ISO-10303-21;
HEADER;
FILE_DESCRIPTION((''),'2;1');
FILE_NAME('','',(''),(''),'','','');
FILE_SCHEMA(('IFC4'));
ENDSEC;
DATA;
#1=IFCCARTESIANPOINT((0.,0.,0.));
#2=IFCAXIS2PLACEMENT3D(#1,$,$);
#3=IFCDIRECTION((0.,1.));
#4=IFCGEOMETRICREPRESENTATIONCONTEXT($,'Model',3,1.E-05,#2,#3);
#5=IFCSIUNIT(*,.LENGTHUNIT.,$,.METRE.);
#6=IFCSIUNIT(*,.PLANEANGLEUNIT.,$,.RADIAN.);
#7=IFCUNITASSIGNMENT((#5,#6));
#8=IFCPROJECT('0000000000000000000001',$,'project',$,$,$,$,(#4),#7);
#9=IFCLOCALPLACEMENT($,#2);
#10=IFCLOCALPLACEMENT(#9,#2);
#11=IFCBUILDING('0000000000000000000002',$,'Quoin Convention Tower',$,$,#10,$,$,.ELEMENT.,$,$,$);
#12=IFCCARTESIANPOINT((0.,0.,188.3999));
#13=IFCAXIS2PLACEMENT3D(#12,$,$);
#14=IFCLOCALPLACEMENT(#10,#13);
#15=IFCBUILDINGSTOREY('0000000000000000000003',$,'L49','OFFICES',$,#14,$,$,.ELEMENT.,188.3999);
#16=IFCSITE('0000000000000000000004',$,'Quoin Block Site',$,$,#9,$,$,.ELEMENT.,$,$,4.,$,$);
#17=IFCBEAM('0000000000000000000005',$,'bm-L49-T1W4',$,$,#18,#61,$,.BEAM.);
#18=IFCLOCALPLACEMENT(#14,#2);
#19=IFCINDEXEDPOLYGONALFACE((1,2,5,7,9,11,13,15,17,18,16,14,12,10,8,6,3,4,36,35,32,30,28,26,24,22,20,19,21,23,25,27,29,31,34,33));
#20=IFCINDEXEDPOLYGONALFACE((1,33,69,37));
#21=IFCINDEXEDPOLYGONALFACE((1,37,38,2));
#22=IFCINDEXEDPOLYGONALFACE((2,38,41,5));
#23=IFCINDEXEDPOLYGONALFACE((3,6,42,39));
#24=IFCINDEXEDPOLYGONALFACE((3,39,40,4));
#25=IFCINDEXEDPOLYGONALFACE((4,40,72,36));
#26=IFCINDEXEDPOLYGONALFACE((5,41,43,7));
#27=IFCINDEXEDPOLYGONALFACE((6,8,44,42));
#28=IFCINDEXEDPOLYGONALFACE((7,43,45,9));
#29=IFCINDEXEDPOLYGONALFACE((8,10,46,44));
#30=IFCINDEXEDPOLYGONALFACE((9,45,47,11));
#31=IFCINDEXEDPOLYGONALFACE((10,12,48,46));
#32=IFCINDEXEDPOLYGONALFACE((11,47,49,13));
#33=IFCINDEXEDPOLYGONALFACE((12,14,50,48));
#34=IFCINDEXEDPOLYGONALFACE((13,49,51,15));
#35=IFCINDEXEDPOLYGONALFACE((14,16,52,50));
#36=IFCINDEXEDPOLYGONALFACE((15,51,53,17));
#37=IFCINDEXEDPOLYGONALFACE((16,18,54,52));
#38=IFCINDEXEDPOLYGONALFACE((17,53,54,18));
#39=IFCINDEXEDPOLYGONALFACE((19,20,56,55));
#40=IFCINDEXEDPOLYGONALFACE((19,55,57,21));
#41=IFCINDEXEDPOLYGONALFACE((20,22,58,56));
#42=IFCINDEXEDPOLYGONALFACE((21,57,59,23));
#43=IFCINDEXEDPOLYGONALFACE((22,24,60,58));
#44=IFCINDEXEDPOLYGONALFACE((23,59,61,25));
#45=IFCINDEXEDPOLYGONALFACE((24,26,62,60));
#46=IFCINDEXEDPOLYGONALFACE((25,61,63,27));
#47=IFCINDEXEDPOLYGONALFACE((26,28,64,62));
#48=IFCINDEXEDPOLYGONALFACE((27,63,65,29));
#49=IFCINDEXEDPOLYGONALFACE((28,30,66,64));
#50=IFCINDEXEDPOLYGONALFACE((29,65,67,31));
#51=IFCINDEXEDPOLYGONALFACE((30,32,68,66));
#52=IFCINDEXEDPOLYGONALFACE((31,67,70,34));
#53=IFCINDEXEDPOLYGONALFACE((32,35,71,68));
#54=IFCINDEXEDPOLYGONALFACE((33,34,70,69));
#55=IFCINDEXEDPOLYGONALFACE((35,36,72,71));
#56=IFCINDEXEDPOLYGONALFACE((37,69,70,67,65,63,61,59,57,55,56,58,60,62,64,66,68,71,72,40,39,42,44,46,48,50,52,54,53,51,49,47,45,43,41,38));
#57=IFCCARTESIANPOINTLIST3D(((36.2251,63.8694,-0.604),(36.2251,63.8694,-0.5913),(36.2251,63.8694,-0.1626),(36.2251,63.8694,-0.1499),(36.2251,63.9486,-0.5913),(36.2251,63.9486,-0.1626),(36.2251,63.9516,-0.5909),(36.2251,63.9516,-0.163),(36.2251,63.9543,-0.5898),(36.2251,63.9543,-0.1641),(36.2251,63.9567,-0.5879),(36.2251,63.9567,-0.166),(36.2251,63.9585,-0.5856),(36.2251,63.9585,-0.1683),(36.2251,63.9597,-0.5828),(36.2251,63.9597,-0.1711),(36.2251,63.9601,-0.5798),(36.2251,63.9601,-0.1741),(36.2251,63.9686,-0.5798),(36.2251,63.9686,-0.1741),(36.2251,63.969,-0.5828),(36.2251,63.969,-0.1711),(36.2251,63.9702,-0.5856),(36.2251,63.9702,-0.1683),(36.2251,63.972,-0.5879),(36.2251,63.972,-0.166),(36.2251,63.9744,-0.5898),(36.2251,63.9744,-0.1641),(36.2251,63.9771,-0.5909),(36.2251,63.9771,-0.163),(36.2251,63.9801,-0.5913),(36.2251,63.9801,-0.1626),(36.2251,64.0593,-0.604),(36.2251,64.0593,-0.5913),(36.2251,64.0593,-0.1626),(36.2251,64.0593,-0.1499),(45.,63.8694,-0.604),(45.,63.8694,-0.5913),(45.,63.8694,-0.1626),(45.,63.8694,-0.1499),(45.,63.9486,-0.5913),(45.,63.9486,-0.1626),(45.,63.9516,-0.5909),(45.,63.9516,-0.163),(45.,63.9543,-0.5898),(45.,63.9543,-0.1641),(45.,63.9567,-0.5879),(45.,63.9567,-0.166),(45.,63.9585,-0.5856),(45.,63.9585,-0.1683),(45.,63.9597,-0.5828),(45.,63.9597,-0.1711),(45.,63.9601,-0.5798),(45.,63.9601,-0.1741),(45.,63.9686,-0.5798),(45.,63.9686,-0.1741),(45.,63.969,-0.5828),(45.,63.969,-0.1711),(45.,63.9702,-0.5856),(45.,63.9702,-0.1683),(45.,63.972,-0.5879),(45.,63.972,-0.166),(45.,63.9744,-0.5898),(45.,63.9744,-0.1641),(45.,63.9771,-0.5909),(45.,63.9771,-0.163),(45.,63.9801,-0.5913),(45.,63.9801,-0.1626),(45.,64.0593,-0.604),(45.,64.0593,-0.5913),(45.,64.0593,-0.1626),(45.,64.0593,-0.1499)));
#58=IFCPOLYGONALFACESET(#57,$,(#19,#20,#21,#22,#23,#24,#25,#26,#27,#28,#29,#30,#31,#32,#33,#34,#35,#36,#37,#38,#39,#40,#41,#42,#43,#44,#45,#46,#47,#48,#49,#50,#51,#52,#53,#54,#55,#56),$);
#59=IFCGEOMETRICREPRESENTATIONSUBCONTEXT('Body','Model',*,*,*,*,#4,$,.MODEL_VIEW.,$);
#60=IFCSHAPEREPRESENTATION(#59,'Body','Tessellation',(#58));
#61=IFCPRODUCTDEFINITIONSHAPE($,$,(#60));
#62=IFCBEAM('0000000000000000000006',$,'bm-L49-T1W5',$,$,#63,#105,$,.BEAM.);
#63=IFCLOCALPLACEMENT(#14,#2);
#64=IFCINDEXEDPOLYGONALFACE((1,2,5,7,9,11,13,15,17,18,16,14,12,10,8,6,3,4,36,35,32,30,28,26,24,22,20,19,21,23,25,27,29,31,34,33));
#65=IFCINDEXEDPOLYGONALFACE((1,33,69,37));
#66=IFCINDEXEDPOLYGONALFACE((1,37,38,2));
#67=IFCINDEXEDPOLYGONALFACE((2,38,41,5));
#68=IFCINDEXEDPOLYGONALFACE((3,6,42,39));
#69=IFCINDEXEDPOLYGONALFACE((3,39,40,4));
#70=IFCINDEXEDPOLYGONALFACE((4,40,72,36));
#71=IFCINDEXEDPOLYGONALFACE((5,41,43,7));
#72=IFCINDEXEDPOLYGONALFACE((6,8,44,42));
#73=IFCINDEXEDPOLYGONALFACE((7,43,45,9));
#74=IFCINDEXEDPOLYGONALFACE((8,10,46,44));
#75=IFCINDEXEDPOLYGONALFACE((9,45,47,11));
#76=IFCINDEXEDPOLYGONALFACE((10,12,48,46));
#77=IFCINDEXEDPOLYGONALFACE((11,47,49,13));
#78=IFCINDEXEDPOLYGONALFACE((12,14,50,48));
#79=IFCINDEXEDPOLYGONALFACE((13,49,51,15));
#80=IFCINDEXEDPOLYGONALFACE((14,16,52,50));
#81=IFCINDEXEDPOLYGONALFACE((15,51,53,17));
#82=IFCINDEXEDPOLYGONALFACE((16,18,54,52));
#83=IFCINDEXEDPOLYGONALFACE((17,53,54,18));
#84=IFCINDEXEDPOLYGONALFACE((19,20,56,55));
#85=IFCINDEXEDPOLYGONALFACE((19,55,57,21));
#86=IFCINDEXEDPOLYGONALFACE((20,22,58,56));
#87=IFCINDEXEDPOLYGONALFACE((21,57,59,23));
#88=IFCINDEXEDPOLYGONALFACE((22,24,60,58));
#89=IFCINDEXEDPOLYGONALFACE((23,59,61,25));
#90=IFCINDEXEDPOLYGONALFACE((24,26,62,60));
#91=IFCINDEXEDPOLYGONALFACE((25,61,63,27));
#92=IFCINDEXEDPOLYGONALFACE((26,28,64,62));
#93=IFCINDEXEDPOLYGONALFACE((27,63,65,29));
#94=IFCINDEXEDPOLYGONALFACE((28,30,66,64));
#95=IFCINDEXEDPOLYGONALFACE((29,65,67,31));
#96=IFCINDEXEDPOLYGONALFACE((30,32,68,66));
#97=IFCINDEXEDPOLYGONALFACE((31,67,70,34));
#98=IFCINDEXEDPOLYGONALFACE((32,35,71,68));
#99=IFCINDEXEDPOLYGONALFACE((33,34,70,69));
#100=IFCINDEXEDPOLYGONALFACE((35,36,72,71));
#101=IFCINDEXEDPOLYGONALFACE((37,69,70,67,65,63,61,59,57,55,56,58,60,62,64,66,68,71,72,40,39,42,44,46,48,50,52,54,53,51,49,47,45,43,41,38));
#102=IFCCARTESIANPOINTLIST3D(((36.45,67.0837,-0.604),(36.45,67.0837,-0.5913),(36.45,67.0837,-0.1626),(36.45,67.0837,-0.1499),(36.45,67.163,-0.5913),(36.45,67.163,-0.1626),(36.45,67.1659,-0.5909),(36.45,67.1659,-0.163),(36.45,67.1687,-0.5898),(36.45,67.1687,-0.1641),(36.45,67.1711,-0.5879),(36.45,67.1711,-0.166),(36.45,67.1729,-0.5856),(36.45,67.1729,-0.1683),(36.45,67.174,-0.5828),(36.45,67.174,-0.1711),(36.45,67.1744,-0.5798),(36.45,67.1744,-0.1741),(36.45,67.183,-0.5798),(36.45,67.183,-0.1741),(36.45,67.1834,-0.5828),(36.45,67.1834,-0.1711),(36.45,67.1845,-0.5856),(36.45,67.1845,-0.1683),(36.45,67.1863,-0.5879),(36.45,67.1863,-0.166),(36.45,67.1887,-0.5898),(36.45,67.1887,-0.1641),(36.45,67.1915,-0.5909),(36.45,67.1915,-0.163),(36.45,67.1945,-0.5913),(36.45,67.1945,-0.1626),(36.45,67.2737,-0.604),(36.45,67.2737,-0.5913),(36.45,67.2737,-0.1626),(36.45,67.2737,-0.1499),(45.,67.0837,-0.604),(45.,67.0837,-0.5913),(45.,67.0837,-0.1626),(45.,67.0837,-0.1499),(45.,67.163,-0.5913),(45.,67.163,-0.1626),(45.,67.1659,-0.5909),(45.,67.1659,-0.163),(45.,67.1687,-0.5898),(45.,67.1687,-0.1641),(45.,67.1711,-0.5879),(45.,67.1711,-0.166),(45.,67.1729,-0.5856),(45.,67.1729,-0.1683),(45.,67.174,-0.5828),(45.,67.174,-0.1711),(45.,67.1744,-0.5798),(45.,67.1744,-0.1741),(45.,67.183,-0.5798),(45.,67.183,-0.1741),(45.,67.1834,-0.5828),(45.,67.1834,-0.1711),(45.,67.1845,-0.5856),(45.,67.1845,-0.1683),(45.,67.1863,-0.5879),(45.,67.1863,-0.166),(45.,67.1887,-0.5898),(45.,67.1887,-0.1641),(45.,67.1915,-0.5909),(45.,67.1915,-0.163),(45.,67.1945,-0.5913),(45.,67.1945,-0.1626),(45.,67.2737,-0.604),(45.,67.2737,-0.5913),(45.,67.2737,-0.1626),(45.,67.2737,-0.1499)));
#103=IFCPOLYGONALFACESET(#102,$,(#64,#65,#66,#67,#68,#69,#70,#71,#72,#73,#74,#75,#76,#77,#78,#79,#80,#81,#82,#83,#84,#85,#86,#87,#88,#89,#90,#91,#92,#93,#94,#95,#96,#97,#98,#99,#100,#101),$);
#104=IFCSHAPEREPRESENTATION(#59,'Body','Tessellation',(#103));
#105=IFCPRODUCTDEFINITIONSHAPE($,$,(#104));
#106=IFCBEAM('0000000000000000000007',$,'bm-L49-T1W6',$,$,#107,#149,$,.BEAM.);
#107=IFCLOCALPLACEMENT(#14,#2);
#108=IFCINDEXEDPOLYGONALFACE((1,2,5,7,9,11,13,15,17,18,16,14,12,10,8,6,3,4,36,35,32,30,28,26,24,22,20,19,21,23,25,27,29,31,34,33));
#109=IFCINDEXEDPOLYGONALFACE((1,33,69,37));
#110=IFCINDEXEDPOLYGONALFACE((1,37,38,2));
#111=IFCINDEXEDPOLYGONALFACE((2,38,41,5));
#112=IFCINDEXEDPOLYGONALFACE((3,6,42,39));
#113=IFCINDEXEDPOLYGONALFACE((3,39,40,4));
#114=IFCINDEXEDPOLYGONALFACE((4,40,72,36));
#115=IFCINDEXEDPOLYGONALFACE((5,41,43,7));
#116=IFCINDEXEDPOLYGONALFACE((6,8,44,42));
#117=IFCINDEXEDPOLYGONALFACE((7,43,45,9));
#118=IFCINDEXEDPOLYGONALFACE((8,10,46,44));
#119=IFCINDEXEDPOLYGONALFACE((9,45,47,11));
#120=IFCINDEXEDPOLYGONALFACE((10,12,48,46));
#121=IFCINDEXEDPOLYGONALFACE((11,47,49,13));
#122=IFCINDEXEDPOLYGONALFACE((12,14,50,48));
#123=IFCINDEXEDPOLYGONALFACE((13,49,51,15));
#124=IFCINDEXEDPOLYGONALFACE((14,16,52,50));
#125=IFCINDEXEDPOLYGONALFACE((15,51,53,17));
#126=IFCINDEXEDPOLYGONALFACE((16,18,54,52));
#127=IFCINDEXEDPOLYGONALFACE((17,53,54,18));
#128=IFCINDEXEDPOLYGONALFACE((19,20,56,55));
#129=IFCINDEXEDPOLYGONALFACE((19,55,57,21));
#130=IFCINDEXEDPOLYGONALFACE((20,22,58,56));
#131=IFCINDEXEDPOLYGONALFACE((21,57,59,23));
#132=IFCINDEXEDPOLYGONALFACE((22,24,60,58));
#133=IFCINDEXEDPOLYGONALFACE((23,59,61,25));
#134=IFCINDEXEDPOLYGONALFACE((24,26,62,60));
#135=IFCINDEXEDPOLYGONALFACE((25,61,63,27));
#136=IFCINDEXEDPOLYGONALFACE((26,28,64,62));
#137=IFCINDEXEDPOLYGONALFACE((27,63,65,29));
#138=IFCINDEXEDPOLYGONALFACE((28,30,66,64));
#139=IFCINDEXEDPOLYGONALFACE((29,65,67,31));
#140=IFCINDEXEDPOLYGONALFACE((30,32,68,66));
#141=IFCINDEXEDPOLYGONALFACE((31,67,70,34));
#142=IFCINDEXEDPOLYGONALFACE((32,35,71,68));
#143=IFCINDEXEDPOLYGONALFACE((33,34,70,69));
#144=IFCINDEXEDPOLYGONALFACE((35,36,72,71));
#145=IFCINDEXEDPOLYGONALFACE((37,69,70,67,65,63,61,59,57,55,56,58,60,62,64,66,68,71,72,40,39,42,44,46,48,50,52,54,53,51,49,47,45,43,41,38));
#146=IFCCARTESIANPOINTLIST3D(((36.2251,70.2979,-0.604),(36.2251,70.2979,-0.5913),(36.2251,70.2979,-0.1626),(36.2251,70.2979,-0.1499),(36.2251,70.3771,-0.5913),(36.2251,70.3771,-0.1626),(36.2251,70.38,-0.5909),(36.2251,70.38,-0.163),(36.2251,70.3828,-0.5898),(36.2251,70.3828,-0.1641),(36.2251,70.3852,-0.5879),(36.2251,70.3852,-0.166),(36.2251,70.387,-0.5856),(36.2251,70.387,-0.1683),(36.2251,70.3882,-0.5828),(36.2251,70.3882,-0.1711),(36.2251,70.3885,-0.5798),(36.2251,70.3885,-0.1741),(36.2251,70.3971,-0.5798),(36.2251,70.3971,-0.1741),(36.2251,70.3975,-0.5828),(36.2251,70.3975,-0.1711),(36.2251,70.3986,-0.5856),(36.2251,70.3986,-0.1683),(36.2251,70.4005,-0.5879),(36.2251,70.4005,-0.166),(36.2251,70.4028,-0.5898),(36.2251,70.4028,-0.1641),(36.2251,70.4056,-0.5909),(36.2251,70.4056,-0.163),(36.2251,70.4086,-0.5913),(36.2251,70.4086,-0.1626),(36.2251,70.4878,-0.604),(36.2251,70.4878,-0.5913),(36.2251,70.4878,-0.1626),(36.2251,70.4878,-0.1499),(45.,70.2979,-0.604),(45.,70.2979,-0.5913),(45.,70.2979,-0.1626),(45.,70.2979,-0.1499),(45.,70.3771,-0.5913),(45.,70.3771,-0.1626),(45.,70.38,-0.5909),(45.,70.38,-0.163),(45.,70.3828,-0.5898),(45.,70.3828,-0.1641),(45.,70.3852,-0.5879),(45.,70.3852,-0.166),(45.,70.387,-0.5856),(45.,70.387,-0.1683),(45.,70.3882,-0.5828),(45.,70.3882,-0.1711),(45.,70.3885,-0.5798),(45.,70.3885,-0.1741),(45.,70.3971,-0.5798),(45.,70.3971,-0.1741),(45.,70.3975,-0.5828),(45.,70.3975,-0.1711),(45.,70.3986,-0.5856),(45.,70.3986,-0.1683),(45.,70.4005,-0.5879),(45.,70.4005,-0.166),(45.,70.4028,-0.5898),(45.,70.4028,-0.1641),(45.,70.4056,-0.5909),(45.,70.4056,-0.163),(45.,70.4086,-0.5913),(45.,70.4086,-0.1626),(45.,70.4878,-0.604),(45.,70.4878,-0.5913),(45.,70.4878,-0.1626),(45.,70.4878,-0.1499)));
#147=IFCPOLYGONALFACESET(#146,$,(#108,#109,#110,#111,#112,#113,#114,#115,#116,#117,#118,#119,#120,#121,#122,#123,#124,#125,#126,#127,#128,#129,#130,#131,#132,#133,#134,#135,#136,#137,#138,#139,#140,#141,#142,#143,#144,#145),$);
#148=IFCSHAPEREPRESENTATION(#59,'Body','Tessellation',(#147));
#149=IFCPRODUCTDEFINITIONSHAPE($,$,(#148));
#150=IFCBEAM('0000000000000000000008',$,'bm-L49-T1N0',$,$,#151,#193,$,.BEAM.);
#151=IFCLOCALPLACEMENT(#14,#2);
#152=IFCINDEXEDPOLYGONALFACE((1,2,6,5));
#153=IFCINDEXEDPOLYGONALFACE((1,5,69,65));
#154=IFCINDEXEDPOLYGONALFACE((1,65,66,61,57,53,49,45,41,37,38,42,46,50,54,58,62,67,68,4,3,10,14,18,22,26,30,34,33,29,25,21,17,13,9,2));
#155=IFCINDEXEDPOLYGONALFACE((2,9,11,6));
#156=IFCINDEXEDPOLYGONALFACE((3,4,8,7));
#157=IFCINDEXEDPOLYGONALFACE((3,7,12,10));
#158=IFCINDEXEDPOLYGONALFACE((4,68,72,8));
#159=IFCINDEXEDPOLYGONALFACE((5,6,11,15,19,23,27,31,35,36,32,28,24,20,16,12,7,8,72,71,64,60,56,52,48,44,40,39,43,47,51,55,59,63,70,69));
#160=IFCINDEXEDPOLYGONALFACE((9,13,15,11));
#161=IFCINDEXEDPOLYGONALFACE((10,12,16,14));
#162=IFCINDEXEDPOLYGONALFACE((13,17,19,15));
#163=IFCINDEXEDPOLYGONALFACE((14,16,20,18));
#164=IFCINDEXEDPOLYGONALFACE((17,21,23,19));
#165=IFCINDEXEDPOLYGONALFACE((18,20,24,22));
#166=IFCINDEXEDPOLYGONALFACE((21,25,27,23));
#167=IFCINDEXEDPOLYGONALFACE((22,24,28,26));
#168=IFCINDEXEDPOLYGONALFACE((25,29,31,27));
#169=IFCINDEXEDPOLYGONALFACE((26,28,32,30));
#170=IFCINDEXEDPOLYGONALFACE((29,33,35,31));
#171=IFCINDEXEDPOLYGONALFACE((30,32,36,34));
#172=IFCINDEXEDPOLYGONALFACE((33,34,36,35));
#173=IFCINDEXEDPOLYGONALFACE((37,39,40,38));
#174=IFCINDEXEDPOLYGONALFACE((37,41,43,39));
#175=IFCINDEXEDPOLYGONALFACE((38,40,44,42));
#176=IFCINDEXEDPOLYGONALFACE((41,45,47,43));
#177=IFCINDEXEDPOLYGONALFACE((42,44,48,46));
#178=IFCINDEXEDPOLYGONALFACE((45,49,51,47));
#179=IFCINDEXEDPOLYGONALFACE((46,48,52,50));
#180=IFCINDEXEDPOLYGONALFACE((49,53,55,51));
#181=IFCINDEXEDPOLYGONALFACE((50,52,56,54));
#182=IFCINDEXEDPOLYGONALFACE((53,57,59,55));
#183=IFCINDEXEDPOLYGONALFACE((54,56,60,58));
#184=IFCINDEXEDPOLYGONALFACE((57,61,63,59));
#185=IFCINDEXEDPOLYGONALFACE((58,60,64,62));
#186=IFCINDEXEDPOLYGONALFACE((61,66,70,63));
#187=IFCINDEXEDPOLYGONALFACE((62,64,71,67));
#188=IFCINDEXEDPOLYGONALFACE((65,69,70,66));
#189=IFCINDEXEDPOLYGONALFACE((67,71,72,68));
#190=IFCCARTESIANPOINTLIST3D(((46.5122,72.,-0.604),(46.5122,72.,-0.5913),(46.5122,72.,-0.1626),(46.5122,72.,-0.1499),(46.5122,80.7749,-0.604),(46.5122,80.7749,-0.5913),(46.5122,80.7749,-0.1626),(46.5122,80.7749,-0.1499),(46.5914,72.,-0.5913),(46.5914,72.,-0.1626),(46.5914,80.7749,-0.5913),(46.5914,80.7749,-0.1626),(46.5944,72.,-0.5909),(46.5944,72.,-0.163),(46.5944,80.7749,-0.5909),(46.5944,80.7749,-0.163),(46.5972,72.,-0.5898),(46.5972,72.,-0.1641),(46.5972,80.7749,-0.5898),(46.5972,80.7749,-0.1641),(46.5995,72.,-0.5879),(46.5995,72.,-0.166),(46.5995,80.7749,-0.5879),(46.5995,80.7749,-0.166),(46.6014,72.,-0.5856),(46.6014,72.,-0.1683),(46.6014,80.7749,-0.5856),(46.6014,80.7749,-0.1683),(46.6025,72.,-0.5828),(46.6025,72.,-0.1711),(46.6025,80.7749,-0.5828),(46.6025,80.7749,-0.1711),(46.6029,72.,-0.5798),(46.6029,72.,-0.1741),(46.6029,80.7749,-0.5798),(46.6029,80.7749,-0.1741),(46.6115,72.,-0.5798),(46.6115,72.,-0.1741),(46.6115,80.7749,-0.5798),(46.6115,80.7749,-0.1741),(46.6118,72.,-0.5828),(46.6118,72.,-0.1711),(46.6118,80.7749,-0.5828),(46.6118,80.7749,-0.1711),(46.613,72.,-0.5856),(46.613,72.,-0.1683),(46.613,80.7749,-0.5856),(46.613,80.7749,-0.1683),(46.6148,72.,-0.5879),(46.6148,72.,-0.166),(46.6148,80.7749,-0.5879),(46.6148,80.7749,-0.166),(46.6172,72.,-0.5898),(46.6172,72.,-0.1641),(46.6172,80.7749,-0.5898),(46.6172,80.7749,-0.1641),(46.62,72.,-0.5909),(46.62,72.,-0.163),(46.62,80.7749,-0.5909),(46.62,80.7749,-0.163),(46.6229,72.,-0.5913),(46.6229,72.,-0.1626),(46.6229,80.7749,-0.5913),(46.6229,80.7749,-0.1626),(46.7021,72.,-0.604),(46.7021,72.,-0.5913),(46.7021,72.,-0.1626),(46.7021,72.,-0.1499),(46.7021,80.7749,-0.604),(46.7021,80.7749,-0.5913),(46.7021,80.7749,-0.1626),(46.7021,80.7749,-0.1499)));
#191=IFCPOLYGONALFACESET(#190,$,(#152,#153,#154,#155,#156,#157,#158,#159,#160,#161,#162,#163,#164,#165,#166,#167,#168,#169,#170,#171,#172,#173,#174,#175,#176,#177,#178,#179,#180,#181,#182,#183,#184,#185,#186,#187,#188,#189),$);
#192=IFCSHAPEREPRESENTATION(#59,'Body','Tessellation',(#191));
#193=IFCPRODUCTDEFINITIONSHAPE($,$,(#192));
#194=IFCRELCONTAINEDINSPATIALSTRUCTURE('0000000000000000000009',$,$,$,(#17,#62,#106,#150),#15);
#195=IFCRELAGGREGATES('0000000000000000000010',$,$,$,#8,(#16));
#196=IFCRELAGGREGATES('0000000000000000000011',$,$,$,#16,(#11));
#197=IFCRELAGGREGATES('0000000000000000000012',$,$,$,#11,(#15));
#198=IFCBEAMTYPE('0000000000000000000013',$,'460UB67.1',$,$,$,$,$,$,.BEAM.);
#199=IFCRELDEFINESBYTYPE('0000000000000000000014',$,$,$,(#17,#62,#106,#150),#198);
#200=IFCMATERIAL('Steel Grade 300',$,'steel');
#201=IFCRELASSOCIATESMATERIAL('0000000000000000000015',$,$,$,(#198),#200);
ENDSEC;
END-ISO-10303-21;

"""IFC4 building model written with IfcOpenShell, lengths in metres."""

from ifc_helpers import new_model, si_unit, direction, frame, origin, origin_2d, place, context, subcontext, project, spatial, i_section, extrude, material, material_profile, profile_set, type_object, element, save


model = new_model("IFC4")

# Units and contexts
model_context = context("Model", 3, precision=1e-05, world=origin(), true_north=direction((0.0, 1.0)))
body_context = subcontext(model_context, "Body", "Model", "MODEL_VIEW")
ifc_project = project(units=[si_unit("LENGTHUNIT", "METRE"), si_unit("PLANEANGLEUNIT", "RADIAN")], contexts=[model_context])

# Site, building, storey
site_placement = place(None, origin())
site = spatial("IfcSite", under=ifc_project, at=site_placement, Name="Quoin Block Site", CompositionType="ELEMENT", RefElevation=4.0)
building_placement = place(site_placement, origin())
building = spatial("IfcBuilding", under=site, at=building_placement, Name="Quoin Convention Tower", CompositionType="ELEMENT")
storey_placement = place(building_placement, frame((0.0, 0.0, 188.3999)))
storey = spatial("IfcBuildingStorey", under=building, at=storey_placement, Name="L49", Description="OFFICES", CompositionType="ELEMENT", Elevation=188.3999)

# Beams
ifc_material_1 = material(Name="Steel Grade 300", Category="steel")
ifc_material_profile = material_profile(ifc_material_1, i_section(OverallWidth=0.1899, OverallDepth=0.4541, WebThickness=0.0085, FlangeThickness=0.0127, FilletRadius=0.0115, at=origin_2d()), Name="460UB67.1")
ifc_profile_set = profile_set([ifc_material_profile], Name="Steel Grade 300")
beam_type = type_object("IfcBeamType", Name="460UB67.1", PredefinedType="BEAM", material=ifc_profile_set)
beam_1_placement = place(storey_placement, frame((36.2251, 63.9644, -0.377), z_axis=(1.0, 0.0, 0.0), x_axis=(0.0, 1.0, 0.0)))
element("IfcBeam", 1, at=beam_1_placement, inside=storey, type_object=beam_type, Name="bm-L49-T1W4", PredefinedType="BEAM", context=body_context, shape_type="SweptSolid", body=[
    extrude(i_section(OverallWidth=0.1899, OverallDepth=0.4541, WebThickness=0.0085, FlangeThickness=0.0127, FilletRadius=0.0115, at=origin_2d()), origin(), (0.0, 0.0, 1.0), 8.7749),
])
beam_2_placement = place(storey_placement, frame((36.45, 67.1787, -0.377), z_axis=(1.0, 0.0, 0.0), x_axis=(0.0, 1.0, 0.0)))
element("IfcBeam", 2, at=beam_2_placement, inside=storey, type_object=beam_type, Name="bm-L49-T1W5", PredefinedType="BEAM", context=body_context, shape_type="SweptSolid", body=[
    extrude(i_section(OverallWidth=0.1899, OverallDepth=0.4541, WebThickness=0.0085, FlangeThickness=0.0127, FilletRadius=0.0115, at=origin_2d()), origin(), (0.0, 0.0, 1.0), 8.55),
])
for number, where, z_axis, x_axis, name in (
    (3, (36.2251, 70.3928, -0.377), (1.0, 0.0, 0.0), (0.0, 1.0, 0.0), "bm-L49-T1W6"),
    (4, (46.6072, 72.0, -0.377), (0.0, 1.0, 0.0), (-1.0, 0.0, 0.0), "bm-L49-T1N0"),
):
    element("IfcBeam", number, at=place(storey_placement, frame(where, z_axis=z_axis, x_axis=x_axis)), inside=storey, type_object=beam_type, Name=name, PredefinedType="BEAM", context=body_context, shape_type="SweptSolid", body=[
        extrude(i_section(OverallWidth=0.1899, OverallDepth=0.4541, WebThickness=0.0085, FlangeThickness=0.0127, FilletRadius=0.0115, at=origin_2d()), origin(), (0.0, 0.0, 1.0), 8.7749),
    ])

save(model, "model.ifc")
